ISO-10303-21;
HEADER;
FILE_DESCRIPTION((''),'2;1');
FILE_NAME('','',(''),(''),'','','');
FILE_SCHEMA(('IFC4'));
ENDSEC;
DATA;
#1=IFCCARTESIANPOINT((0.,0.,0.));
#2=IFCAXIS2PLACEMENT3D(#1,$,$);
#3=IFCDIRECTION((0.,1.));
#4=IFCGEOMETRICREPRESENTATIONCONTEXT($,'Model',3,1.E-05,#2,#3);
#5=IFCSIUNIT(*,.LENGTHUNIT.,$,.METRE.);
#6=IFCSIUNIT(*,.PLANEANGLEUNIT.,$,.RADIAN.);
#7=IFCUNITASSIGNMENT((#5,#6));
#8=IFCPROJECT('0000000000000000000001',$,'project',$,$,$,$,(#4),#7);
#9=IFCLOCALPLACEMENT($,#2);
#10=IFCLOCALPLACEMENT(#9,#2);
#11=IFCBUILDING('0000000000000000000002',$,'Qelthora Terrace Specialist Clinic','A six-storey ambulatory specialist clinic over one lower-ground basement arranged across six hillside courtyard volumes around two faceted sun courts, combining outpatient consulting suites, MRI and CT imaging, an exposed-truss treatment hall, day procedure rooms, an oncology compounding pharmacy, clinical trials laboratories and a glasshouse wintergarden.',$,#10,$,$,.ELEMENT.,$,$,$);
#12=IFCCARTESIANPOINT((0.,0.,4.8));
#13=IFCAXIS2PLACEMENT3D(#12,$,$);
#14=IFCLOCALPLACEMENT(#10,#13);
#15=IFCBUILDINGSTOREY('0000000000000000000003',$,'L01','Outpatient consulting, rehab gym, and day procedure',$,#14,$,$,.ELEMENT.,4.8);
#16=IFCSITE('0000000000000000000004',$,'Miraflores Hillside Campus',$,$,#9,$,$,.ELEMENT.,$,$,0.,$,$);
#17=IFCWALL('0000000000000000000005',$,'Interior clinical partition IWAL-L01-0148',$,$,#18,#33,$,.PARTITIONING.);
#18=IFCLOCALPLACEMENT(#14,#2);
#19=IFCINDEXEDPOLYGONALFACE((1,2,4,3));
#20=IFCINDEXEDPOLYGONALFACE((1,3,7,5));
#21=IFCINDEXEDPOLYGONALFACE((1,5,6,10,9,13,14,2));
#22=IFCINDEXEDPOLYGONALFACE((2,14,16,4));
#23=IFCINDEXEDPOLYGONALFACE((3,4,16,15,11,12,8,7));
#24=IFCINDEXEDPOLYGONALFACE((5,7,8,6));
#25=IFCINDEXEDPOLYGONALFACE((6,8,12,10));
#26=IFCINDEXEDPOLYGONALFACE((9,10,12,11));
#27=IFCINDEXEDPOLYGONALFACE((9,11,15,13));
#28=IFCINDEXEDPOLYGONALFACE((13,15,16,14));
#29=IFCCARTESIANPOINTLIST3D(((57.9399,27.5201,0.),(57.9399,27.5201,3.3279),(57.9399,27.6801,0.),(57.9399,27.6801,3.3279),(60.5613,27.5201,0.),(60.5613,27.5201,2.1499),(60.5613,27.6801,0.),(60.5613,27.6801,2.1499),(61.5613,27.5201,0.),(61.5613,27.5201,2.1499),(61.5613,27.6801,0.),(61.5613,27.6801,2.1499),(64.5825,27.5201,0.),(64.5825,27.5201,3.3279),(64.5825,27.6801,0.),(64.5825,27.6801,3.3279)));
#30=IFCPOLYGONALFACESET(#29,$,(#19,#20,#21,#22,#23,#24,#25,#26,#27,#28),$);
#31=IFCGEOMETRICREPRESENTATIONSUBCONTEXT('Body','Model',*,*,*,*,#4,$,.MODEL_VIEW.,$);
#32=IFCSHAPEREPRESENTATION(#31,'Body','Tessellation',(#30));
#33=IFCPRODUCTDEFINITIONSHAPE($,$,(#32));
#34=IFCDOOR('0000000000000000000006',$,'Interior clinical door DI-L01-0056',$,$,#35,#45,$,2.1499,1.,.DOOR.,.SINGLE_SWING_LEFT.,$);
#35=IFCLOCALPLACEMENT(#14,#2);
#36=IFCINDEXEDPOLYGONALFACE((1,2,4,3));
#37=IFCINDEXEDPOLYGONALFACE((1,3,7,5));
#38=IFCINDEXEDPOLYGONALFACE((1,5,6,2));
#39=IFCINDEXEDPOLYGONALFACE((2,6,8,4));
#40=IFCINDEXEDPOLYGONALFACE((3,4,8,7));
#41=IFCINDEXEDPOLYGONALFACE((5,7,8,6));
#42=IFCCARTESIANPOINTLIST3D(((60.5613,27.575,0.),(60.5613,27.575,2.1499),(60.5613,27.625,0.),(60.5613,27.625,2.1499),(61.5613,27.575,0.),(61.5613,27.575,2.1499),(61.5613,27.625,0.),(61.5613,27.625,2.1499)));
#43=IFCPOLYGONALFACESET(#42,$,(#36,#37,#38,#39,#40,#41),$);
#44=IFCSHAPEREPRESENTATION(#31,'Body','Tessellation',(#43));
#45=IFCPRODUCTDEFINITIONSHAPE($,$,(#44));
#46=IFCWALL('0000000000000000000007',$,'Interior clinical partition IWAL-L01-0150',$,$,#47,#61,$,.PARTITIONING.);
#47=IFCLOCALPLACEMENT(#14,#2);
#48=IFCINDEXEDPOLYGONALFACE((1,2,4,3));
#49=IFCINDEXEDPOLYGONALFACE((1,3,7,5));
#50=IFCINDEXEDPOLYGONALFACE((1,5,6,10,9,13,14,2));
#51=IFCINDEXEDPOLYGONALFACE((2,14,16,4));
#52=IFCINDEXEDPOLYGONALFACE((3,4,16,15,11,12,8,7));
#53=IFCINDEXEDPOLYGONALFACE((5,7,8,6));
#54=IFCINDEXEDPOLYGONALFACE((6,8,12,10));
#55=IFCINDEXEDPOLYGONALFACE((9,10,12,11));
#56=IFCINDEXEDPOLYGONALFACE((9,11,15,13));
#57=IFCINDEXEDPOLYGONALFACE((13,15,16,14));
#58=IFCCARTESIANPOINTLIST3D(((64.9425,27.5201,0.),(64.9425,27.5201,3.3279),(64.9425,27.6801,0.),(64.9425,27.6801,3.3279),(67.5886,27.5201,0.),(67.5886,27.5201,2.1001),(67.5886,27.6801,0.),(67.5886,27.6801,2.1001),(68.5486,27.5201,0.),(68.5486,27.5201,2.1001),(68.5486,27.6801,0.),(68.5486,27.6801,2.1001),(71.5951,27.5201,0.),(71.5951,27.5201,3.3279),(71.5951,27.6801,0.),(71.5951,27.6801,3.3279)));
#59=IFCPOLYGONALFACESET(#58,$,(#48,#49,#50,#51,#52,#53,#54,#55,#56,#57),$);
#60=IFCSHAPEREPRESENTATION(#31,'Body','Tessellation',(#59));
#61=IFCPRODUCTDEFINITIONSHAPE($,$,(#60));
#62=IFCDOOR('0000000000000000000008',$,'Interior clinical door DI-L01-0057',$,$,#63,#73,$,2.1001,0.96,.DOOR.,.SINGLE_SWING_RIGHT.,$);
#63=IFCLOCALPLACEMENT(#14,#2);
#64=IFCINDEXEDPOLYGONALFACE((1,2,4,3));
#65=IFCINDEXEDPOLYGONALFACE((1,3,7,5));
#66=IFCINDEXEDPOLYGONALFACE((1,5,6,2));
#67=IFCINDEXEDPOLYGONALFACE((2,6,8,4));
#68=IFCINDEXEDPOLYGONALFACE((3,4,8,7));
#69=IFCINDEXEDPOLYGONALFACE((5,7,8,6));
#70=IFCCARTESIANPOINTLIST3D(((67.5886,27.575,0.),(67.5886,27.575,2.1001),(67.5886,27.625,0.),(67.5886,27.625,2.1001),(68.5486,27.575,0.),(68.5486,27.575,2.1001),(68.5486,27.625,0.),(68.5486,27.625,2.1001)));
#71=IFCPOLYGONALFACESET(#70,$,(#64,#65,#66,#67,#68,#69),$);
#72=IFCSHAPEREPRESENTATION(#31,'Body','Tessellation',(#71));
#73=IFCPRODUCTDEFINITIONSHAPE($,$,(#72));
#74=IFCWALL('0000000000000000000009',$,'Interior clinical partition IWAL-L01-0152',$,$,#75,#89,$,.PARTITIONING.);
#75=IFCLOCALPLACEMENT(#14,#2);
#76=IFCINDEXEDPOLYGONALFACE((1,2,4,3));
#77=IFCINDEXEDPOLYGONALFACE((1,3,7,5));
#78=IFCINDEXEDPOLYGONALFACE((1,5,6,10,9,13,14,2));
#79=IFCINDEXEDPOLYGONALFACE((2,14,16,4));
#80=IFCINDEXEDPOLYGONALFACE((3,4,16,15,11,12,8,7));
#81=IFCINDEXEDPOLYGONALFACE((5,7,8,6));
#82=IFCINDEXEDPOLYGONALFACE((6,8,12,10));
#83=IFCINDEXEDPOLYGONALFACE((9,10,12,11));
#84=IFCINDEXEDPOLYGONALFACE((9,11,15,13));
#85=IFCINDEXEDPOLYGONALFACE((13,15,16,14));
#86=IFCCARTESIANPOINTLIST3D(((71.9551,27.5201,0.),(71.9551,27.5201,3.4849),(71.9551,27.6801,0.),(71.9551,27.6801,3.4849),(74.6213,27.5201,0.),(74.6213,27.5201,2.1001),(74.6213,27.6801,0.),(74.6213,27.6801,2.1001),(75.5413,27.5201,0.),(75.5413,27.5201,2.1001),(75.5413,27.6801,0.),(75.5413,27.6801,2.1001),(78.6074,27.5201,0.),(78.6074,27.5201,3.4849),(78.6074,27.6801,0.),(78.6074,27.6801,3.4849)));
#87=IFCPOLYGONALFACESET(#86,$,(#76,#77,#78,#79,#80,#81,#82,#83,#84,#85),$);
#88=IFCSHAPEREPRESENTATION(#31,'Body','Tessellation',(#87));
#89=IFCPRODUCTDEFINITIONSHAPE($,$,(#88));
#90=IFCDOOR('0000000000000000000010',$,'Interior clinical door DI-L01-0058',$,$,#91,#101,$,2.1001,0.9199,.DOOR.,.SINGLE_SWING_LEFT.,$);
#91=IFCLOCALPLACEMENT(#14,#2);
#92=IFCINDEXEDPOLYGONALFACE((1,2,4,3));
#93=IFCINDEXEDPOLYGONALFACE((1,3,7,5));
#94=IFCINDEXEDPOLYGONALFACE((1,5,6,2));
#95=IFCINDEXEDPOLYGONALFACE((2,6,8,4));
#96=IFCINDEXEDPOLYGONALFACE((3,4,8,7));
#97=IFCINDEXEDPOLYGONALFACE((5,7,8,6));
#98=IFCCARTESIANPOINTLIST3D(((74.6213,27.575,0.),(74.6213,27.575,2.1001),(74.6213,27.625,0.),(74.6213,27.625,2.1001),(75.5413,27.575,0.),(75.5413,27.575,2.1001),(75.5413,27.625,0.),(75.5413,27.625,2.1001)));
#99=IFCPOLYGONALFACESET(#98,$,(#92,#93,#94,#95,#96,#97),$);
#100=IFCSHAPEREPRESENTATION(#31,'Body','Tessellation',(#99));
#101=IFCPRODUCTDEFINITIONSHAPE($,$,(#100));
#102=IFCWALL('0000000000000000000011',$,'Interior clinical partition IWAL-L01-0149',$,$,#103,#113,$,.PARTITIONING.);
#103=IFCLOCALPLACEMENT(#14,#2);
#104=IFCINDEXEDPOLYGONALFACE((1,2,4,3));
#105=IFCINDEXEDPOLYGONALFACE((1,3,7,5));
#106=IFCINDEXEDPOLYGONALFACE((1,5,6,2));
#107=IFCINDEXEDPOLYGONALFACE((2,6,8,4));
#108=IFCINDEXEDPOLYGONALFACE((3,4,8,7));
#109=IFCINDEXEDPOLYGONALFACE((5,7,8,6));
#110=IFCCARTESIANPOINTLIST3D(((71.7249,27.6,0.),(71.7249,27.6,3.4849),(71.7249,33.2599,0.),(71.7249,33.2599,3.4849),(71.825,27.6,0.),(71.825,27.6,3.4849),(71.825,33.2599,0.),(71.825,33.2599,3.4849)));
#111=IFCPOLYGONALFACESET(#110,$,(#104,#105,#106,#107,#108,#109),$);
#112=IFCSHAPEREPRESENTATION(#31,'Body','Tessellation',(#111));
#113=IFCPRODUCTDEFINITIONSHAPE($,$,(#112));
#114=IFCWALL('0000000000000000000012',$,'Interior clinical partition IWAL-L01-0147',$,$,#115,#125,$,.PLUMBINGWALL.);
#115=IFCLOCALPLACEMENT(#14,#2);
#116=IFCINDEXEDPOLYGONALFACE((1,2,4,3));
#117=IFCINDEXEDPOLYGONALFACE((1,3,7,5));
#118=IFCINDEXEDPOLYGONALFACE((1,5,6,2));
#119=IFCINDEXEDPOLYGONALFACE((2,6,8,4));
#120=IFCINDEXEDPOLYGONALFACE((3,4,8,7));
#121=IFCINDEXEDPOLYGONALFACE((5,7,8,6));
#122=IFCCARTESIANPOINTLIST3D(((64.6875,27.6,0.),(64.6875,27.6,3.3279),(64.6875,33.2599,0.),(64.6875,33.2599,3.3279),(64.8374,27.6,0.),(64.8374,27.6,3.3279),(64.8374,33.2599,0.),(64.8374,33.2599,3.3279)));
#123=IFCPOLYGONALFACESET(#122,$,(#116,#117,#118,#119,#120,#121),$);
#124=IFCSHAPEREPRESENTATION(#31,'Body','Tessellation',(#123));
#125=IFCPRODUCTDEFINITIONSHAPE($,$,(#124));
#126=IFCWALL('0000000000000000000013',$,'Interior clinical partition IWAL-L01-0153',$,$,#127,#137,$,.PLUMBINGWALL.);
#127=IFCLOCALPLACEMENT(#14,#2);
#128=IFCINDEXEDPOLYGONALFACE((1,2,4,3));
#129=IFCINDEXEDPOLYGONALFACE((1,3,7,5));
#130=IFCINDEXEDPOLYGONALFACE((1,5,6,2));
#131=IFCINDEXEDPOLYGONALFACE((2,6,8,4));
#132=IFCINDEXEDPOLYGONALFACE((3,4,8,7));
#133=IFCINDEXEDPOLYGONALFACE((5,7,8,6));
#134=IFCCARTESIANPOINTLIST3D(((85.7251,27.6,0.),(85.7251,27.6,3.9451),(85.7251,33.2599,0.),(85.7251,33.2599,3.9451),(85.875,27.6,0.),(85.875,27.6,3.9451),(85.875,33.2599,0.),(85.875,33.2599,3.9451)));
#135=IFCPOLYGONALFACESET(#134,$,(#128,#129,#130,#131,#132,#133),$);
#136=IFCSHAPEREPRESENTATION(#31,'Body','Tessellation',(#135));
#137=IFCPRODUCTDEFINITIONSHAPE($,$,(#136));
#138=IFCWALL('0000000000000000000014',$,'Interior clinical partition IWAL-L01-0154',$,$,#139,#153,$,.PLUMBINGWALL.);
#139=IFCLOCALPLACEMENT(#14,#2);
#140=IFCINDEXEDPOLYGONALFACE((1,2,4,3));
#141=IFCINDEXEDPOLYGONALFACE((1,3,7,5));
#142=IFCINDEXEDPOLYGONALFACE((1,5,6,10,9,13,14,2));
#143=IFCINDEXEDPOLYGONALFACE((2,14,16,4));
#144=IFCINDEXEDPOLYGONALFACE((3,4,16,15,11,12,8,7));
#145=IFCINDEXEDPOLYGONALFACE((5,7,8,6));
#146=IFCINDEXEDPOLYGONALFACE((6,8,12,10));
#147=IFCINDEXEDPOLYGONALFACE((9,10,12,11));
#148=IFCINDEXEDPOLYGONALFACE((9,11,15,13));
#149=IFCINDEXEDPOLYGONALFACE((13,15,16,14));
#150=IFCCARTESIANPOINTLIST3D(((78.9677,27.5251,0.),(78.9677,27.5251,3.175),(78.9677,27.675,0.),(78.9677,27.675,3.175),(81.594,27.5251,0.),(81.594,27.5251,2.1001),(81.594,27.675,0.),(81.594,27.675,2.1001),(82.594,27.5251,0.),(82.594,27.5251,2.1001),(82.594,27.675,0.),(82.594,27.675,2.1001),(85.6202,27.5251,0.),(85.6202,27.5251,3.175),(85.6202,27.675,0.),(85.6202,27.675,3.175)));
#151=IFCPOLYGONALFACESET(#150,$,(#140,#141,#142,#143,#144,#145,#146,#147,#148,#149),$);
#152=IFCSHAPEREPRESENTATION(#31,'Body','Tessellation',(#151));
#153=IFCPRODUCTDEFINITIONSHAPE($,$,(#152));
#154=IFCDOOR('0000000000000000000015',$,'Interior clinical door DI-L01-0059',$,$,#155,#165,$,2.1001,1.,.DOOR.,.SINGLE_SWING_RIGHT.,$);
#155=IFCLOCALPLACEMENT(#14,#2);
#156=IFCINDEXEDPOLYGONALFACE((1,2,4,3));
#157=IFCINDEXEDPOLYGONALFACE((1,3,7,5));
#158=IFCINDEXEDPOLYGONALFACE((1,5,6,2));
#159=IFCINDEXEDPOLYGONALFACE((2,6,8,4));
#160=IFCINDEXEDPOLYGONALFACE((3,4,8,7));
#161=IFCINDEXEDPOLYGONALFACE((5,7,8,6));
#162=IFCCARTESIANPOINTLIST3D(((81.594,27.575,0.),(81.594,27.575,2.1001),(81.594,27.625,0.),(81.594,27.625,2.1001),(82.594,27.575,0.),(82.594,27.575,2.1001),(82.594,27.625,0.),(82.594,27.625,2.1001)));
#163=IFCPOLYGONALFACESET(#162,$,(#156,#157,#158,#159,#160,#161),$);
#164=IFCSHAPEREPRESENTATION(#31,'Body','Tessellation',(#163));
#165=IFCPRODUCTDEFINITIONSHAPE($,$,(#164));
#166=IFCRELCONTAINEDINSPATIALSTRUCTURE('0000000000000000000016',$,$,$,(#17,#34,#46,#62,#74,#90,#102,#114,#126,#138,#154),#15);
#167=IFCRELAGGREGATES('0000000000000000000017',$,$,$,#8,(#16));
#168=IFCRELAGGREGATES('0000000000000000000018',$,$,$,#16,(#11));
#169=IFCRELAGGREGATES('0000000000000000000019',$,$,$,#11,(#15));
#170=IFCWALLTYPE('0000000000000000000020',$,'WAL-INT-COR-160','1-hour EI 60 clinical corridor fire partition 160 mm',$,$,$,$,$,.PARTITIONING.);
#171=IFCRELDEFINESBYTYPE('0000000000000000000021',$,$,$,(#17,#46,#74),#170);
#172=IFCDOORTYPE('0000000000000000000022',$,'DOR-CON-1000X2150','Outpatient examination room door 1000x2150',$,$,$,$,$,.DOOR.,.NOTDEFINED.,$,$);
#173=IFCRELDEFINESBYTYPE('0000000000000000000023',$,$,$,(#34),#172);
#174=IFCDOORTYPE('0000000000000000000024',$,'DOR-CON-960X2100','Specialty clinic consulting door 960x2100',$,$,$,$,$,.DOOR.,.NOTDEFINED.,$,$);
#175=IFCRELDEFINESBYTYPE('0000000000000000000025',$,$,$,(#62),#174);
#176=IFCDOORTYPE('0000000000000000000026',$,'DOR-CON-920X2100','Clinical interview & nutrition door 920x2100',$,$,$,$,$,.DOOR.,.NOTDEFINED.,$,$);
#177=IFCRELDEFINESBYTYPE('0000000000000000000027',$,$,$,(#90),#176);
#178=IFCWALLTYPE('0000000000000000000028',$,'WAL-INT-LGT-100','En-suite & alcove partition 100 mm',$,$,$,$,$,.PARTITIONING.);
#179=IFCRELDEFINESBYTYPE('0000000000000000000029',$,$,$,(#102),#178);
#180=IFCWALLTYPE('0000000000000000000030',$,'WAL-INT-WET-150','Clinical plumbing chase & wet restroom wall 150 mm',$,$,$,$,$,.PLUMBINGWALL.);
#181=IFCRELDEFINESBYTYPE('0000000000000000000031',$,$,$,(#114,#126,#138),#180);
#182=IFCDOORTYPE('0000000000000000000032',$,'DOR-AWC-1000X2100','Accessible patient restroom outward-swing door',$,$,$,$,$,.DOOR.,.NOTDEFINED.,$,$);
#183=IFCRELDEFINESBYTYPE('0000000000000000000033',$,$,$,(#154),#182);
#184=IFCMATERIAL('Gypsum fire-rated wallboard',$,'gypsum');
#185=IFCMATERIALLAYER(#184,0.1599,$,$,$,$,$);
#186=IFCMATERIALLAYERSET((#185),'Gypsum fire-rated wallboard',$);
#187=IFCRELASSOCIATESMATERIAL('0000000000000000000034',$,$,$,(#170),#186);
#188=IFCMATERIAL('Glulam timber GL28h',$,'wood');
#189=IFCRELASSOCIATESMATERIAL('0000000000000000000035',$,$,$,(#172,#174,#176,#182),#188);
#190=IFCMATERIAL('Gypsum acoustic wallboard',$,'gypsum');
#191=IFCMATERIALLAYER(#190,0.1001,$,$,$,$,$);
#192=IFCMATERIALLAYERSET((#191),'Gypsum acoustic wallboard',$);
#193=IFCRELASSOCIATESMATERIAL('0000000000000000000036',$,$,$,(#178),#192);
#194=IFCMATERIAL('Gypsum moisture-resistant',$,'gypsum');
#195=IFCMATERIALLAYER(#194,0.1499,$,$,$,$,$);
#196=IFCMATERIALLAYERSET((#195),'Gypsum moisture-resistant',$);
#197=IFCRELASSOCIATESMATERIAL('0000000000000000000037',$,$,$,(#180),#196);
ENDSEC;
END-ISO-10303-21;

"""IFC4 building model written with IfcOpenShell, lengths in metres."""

from ifc_helpers import new_model, si_unit, direction, frame, frame_2d, origin, place, context, subcontext, project, spatial, rectangle, extrude, material, layer, layer_set, type_object, element, fill, save


model = new_model("IFC4")

# Units and contexts
model_context = context("Model", 3, precision=1e-05, world=origin(), true_north=direction((0.0, 1.0)))
body_context = subcontext(model_context, "Body", "Model", "MODEL_VIEW")
ifc_project = project(units=[si_unit("LENGTHUNIT", "METRE"), si_unit("PLANEANGLEUNIT", "RADIAN")], contexts=[model_context])

# Site, building, storey
site_placement = place(None, origin())
site = spatial("IfcSite", under=ifc_project, at=site_placement, Name="Miraflores Hillside Campus", CompositionType="ELEMENT", RefElevation=0.0)
building_placement = place(site_placement, origin())
building = spatial("IfcBuilding", under=site, at=building_placement, Name="Qelthora Terrace Specialist Clinic", Description="A six-storey ambulatory specialist clinic over one lower-ground basement arranged across six hillside courtyard volumes around two faceted sun courts, combining outpatient consulting suites, MRI and CT imaging, an exposed-truss treatment hall, day procedure rooms, an oncology compounding pharmacy, clinical trials laboratories and a glasshouse wintergarden.", CompositionType="ELEMENT")
storey_placement = place(building_placement, frame((0.0, 0.0, 4.8)))
storey = spatial("IfcBuildingStorey", under=building, at=storey_placement, Name="L01", Description="Outpatient consulting, rehab gym, and day procedure", CompositionType="ELEMENT", Elevation=4.8)

# Shared definitions
ifc_material_1 = material(Name="Gypsum acoustic wallboard", Category="gypsum")

# Walls, openings, doors
ifc_material_2 = material(Name="Gypsum fire-rated wallboard", Category="gypsum")
ifc_layer_1 = layer(ifc_material_2, 0.1599)
ifc_layer_set_1 = layer_set([ifc_layer_1], Name="Gypsum fire-rated wallboard")
wall_type_1 = type_object("IfcWallType", Name="WAL-INT-COR-160", Description="1-hour EI 60 clinical corridor fire partition 160 mm", PredefinedType="PARTITIONING", material=ifc_layer_set_1)
wall_1_placement = place(storey_placement, frame((64.5825, 27.6001, 0.0), z_axis=(0.0, 0.0, 1.0), x_axis=(-1.0, 0.0, 0.0)))
wall_1 = element("IfcWall", 1, at=wall_1_placement, inside=storey, type_object=wall_type_1, Name="Interior clinical partition IWAL-L01-0148", PredefinedType="PARTITIONING", context=body_context, shape_type="SweptSolid", body=[
    extrude(rectangle(XDim=6.6426, YDim=0.1599, at=frame_2d((3.3213, 0.0))), origin(), (0.0, 0.0, 1.0), 3.3279),
])
opening_1_placement = place(wall_1_placement, frame((3.0212, 0.0, 0.0)))
opening_1 = element("IfcOpeningElement", 2, at=opening_1_placement, cuts=wall_1, PredefinedType="OPENING", context=body_context, shape_type="SweptSolid", body=[
    extrude(rectangle(XDim=1.0, YDim=2.1499, at=frame_2d((0.5, 1.075))), frame((0.0, 0.0898, 0.0), z_axis=(0.0, -1.0, 0.0), x_axis=(1.0, 0.0, 0.0)), (0.0, 0.0, 1.0), 0.1799),
])
ifc_material_3 = material(Name="Glulam timber GL28h", Category="wood")
door_type_1 = type_object("IfcDoorType", Name="DOR-CON-1000X2150", Description="Outpatient examination room door 1000x2150", OperationType="NOTDEFINED", PredefinedType="DOOR", material=ifc_material_3)
door_1_placement = place(opening_1_placement, frame((1.0, 0.0, 0.0), z_axis=(0.0, 0.0, 1.0), x_axis=(-1.0, 0.0, 0.0)))
door_1 = element("IfcDoor", 3, at=door_1_placement, inside=storey, type_object=door_type_1, Name="Interior clinical door DI-L01-0056", OperationType="SINGLE_SWING_LEFT", OverallHeight=2.1499, OverallWidth=1.0, PredefinedType="DOOR", context=body_context, shape_type="SweptSolid", body=[
    extrude(rectangle(XDim=1.0, YDim=2.1499, at=frame_2d((0.5, 1.075))), frame((0.0, 0.0249, 0.0), z_axis=(0.0, -1.0, 0.0), x_axis=(1.0, 0.0, 0.0)), (0.0, 0.0, 1.0), 0.05),
])
fill(opening_1, door_1)
wall_2_placement = place(storey_placement, frame((71.595, 27.6001, 0.0), z_axis=(0.0, 0.0, 1.0), x_axis=(-1.0, 0.0, 0.0)))
wall_2 = element("IfcWall", 4, at=wall_2_placement, inside=storey, type_object=wall_type_1, Name="Interior clinical partition IWAL-L01-0150", PredefinedType="PARTITIONING", context=body_context, shape_type="SweptSolid", body=[
    extrude(rectangle(XDim=6.6526, YDim=0.1599, at=frame_2d((3.3262, 0.0))), origin(), (0.0, 0.0, 1.0), 3.3279),
])
opening_2_placement = place(wall_2_placement, frame((3.0464, 0.0, 0.0)))
opening_2 = element("IfcOpeningElement", 5, at=opening_2_placement, cuts=wall_2, PredefinedType="OPENING", context=body_context, shape_type="SweptSolid", body=[
    extrude(rectangle(XDim=0.96, YDim=2.1001, at=frame_2d((0.48, 1.05))), frame((0.0, 0.0898, 0.0), z_axis=(0.0, -1.0, 0.0), x_axis=(1.0, 0.0, 0.0)), (0.0, 0.0, 1.0), 0.1799),
])
door_type_2 = type_object("IfcDoorType", Name="DOR-CON-960X2100", Description="Specialty clinic consulting door 960x2100", OperationType="NOTDEFINED", PredefinedType="DOOR", material=ifc_material_3)
door_2_placement = place(opening_2_placement, frame((0.96, 0.0, 0.0), z_axis=(0.0, 0.0, 1.0), x_axis=(-1.0, 0.0, 0.0)))
door_2 = element("IfcDoor", 6, at=door_2_placement, inside=storey, type_object=door_type_2, Name="Interior clinical door DI-L01-0057", OperationType="SINGLE_SWING_RIGHT", OverallHeight=2.1001, OverallWidth=0.96, PredefinedType="DOOR", context=body_context, shape_type="SweptSolid", body=[
    extrude(rectangle(XDim=0.96, YDim=2.1001, at=frame_2d((0.48, 1.05))), frame((0.0, 0.0249, 0.0), z_axis=(0.0, -1.0, 0.0), x_axis=(1.0, 0.0, 0.0)), (0.0, 0.0, 1.0), 0.05),
])
fill(opening_2, door_2)
wall_3_placement = place(storey_placement, frame((78.6074, 27.6001, 0.0), z_axis=(0.0, 0.0, 1.0), x_axis=(-1.0, 0.0, 0.0)))
wall_3 = element("IfcWall", 7, at=wall_3_placement, inside=storey, type_object=wall_type_1, Name="Interior clinical partition IWAL-L01-0152", PredefinedType="PARTITIONING", context=body_context, shape_type="SweptSolid", body=[
    extrude(rectangle(XDim=6.6523, YDim=0.1599, at=frame_2d((3.3262, 0.0))), origin(), (0.0, 0.0, 1.0), 3.4849),
])
opening_3_placement = place(wall_3_placement, frame((3.0662, 0.0, 0.0)))
opening_3 = element("IfcOpeningElement", 8, at=opening_3_placement, cuts=wall_3, PredefinedType="OPENING", context=body_context, shape_type="SweptSolid", body=[
    extrude(rectangle(XDim=0.9199, YDim=2.1001, at=frame_2d((0.46, 1.05))), frame((0.0, 0.0898, 0.0), z_axis=(0.0, -1.0, 0.0), x_axis=(1.0, 0.0, 0.0)), (0.0, 0.0, 1.0), 0.1799),
])
door_type_3 = type_object("IfcDoorType", Name="DOR-CON-920X2100", Description="Clinical interview & nutrition door 920x2100", OperationType="NOTDEFINED", PredefinedType="DOOR", material=ifc_material_3)
door_3_placement = place(opening_3_placement, frame((0.9199, 0.0, 0.0), z_axis=(0.0, 0.0, 1.0), x_axis=(-1.0, 0.0, 0.0)))
door_3 = element("IfcDoor", 9, at=door_3_placement, inside=storey, type_object=door_type_3, Name="Interior clinical door DI-L01-0058", OperationType="SINGLE_SWING_LEFT", OverallHeight=2.1001, OverallWidth=0.9199, PredefinedType="DOOR", context=body_context, shape_type="SweptSolid", body=[
    extrude(rectangle(XDim=0.9199, YDim=2.1001, at=frame_2d((0.46, 1.05))), frame((0.0, 0.0249, 0.0), z_axis=(0.0, -1.0, 0.0), x_axis=(1.0, 0.0, 0.0)), (0.0, 0.0, 1.0), 0.05),
])
fill(opening_3, door_3)

# Walls
ifc_layer_2 = layer(ifc_material_1, 0.1001)
ifc_layer_set_2 = layer_set([ifc_layer_2], Name="Gypsum acoustic wallboard")
wall_type_2 = type_object("IfcWallType", Name="WAL-INT-LGT-100", Description="En-suite & alcove partition 100 mm", PredefinedType="PARTITIONING", material=ifc_layer_set_2)
wall_4_placement = place(storey_placement, frame((71.7749, 33.26, 0.0), z_axis=(0.0, 0.0, 1.0), x_axis=(0.0, -1.0, 0.0)))
element("IfcWall", 10, at=wall_4_placement, inside=storey, type_object=wall_type_2, Name="Interior clinical partition IWAL-L01-0149", PredefinedType="PARTITIONING", context=body_context, shape_type="SweptSolid", body=[
    extrude(rectangle(XDim=5.6599, YDim=0.1001, at=frame_2d((2.8301, 0.0))), origin(), (0.0, 0.0, 1.0), 3.4849),
])
ifc_material_4 = material(Name="Gypsum moisture-resistant", Category="gypsum")
ifc_layer_3 = layer(ifc_material_4, 0.1499)
ifc_layer_set_3 = layer_set([ifc_layer_3], Name="Gypsum moisture-resistant")
wall_type_3 = type_object("IfcWallType", Name="WAL-INT-WET-150", Description="Clinical plumbing chase & wet restroom wall 150 mm", PredefinedType="PLUMBINGWALL", material=ifc_layer_set_3)
wall_5_placement = place(storey_placement, frame((64.7625, 33.26, 0.0), z_axis=(0.0, 0.0, 1.0), x_axis=(0.0, -1.0, 0.0)))
element("IfcWall", 11, at=wall_5_placement, inside=storey, type_object=wall_type_3, Name="Interior clinical partition IWAL-L01-0147", PredefinedType="PLUMBINGWALL", context=body_context, shape_type="SweptSolid", body=[
    extrude(rectangle(XDim=5.6599, YDim=0.1499, at=frame_2d((2.8301, 0.0))), origin(), (0.0, 0.0, 1.0), 3.3279),
])
wall_6_placement = place(storey_placement, frame((85.8, 33.26, 0.0), z_axis=(0.0, 0.0, 1.0), x_axis=(0.0, -1.0, 0.0)))
element("IfcWall", 12, at=wall_6_placement, inside=storey, type_object=wall_type_3, Name="Interior clinical partition IWAL-L01-0153", PredefinedType="PLUMBINGWALL", context=body_context, shape_type="SweptSolid", body=[
    extrude(rectangle(XDim=5.6599, YDim=0.1499, at=frame_2d((2.8301, 0.0))), origin(), (0.0, 0.0, 1.0), 3.9451),
])

# Wall, opening, door
wall_7_placement = place(storey_placement, frame((85.6201, 27.6001, 0.0), z_axis=(0.0, 0.0, 1.0), x_axis=(-1.0, 0.0, 0.0)))
wall_7 = element("IfcWall", 13, at=wall_7_placement, inside=storey, type_object=wall_type_3, Name="Interior clinical partition IWAL-L01-0154", PredefinedType="PLUMBINGWALL", context=body_context, shape_type="SweptSolid", body=[
    extrude(rectangle(XDim=6.6526, YDim=0.1499, at=frame_2d((3.3262, 0.0))), origin(), (0.0, 0.0, 1.0), 3.175),
])
opening_4_placement = place(wall_7_placement, frame((3.0261, 0.0, 0.0)))
opening_4 = element("IfcOpeningElement", 14, at=opening_4_placement, cuts=wall_7, PredefinedType="OPENING", context=body_context, shape_type="SweptSolid", body=[
    extrude(rectangle(XDim=1.0, YDim=2.1001, at=frame_2d((0.5, 1.05))), frame((0.0, 0.085, 0.0), z_axis=(0.0, -1.0, 0.0), x_axis=(1.0, 0.0, 0.0)), (0.0, 0.0, 1.0), 0.1699),
])
door_type_4 = type_object("IfcDoorType", Name="DOR-AWC-1000X2100", Description="Accessible patient restroom outward-swing door", OperationType="NOTDEFINED", PredefinedType="DOOR", material=ifc_material_3)
door_4_placement = place(opening_4_placement, frame((1.0, 0.0, 0.0), z_axis=(0.0, 0.0, 1.0), x_axis=(-1.0, 0.0, 0.0)))
door_4 = element("IfcDoor", 15, at=door_4_placement, inside=storey, type_object=door_type_4, Name="Interior clinical door DI-L01-0059", OperationType="SINGLE_SWING_RIGHT", OverallHeight=2.1001, OverallWidth=1.0, PredefinedType="DOOR", context=body_context, shape_type="SweptSolid", body=[
    extrude(rectangle(XDim=1.0, YDim=2.1001, at=frame_2d((0.5, 1.05))), frame((0.0, 0.0249, 0.0), z_axis=(0.0, -1.0, 0.0), x_axis=(1.0, 0.0, 0.0)), (0.0, 0.0, 1.0), 0.05),
])
fill(opening_4, door_4)

save(model, "model.ifc")
